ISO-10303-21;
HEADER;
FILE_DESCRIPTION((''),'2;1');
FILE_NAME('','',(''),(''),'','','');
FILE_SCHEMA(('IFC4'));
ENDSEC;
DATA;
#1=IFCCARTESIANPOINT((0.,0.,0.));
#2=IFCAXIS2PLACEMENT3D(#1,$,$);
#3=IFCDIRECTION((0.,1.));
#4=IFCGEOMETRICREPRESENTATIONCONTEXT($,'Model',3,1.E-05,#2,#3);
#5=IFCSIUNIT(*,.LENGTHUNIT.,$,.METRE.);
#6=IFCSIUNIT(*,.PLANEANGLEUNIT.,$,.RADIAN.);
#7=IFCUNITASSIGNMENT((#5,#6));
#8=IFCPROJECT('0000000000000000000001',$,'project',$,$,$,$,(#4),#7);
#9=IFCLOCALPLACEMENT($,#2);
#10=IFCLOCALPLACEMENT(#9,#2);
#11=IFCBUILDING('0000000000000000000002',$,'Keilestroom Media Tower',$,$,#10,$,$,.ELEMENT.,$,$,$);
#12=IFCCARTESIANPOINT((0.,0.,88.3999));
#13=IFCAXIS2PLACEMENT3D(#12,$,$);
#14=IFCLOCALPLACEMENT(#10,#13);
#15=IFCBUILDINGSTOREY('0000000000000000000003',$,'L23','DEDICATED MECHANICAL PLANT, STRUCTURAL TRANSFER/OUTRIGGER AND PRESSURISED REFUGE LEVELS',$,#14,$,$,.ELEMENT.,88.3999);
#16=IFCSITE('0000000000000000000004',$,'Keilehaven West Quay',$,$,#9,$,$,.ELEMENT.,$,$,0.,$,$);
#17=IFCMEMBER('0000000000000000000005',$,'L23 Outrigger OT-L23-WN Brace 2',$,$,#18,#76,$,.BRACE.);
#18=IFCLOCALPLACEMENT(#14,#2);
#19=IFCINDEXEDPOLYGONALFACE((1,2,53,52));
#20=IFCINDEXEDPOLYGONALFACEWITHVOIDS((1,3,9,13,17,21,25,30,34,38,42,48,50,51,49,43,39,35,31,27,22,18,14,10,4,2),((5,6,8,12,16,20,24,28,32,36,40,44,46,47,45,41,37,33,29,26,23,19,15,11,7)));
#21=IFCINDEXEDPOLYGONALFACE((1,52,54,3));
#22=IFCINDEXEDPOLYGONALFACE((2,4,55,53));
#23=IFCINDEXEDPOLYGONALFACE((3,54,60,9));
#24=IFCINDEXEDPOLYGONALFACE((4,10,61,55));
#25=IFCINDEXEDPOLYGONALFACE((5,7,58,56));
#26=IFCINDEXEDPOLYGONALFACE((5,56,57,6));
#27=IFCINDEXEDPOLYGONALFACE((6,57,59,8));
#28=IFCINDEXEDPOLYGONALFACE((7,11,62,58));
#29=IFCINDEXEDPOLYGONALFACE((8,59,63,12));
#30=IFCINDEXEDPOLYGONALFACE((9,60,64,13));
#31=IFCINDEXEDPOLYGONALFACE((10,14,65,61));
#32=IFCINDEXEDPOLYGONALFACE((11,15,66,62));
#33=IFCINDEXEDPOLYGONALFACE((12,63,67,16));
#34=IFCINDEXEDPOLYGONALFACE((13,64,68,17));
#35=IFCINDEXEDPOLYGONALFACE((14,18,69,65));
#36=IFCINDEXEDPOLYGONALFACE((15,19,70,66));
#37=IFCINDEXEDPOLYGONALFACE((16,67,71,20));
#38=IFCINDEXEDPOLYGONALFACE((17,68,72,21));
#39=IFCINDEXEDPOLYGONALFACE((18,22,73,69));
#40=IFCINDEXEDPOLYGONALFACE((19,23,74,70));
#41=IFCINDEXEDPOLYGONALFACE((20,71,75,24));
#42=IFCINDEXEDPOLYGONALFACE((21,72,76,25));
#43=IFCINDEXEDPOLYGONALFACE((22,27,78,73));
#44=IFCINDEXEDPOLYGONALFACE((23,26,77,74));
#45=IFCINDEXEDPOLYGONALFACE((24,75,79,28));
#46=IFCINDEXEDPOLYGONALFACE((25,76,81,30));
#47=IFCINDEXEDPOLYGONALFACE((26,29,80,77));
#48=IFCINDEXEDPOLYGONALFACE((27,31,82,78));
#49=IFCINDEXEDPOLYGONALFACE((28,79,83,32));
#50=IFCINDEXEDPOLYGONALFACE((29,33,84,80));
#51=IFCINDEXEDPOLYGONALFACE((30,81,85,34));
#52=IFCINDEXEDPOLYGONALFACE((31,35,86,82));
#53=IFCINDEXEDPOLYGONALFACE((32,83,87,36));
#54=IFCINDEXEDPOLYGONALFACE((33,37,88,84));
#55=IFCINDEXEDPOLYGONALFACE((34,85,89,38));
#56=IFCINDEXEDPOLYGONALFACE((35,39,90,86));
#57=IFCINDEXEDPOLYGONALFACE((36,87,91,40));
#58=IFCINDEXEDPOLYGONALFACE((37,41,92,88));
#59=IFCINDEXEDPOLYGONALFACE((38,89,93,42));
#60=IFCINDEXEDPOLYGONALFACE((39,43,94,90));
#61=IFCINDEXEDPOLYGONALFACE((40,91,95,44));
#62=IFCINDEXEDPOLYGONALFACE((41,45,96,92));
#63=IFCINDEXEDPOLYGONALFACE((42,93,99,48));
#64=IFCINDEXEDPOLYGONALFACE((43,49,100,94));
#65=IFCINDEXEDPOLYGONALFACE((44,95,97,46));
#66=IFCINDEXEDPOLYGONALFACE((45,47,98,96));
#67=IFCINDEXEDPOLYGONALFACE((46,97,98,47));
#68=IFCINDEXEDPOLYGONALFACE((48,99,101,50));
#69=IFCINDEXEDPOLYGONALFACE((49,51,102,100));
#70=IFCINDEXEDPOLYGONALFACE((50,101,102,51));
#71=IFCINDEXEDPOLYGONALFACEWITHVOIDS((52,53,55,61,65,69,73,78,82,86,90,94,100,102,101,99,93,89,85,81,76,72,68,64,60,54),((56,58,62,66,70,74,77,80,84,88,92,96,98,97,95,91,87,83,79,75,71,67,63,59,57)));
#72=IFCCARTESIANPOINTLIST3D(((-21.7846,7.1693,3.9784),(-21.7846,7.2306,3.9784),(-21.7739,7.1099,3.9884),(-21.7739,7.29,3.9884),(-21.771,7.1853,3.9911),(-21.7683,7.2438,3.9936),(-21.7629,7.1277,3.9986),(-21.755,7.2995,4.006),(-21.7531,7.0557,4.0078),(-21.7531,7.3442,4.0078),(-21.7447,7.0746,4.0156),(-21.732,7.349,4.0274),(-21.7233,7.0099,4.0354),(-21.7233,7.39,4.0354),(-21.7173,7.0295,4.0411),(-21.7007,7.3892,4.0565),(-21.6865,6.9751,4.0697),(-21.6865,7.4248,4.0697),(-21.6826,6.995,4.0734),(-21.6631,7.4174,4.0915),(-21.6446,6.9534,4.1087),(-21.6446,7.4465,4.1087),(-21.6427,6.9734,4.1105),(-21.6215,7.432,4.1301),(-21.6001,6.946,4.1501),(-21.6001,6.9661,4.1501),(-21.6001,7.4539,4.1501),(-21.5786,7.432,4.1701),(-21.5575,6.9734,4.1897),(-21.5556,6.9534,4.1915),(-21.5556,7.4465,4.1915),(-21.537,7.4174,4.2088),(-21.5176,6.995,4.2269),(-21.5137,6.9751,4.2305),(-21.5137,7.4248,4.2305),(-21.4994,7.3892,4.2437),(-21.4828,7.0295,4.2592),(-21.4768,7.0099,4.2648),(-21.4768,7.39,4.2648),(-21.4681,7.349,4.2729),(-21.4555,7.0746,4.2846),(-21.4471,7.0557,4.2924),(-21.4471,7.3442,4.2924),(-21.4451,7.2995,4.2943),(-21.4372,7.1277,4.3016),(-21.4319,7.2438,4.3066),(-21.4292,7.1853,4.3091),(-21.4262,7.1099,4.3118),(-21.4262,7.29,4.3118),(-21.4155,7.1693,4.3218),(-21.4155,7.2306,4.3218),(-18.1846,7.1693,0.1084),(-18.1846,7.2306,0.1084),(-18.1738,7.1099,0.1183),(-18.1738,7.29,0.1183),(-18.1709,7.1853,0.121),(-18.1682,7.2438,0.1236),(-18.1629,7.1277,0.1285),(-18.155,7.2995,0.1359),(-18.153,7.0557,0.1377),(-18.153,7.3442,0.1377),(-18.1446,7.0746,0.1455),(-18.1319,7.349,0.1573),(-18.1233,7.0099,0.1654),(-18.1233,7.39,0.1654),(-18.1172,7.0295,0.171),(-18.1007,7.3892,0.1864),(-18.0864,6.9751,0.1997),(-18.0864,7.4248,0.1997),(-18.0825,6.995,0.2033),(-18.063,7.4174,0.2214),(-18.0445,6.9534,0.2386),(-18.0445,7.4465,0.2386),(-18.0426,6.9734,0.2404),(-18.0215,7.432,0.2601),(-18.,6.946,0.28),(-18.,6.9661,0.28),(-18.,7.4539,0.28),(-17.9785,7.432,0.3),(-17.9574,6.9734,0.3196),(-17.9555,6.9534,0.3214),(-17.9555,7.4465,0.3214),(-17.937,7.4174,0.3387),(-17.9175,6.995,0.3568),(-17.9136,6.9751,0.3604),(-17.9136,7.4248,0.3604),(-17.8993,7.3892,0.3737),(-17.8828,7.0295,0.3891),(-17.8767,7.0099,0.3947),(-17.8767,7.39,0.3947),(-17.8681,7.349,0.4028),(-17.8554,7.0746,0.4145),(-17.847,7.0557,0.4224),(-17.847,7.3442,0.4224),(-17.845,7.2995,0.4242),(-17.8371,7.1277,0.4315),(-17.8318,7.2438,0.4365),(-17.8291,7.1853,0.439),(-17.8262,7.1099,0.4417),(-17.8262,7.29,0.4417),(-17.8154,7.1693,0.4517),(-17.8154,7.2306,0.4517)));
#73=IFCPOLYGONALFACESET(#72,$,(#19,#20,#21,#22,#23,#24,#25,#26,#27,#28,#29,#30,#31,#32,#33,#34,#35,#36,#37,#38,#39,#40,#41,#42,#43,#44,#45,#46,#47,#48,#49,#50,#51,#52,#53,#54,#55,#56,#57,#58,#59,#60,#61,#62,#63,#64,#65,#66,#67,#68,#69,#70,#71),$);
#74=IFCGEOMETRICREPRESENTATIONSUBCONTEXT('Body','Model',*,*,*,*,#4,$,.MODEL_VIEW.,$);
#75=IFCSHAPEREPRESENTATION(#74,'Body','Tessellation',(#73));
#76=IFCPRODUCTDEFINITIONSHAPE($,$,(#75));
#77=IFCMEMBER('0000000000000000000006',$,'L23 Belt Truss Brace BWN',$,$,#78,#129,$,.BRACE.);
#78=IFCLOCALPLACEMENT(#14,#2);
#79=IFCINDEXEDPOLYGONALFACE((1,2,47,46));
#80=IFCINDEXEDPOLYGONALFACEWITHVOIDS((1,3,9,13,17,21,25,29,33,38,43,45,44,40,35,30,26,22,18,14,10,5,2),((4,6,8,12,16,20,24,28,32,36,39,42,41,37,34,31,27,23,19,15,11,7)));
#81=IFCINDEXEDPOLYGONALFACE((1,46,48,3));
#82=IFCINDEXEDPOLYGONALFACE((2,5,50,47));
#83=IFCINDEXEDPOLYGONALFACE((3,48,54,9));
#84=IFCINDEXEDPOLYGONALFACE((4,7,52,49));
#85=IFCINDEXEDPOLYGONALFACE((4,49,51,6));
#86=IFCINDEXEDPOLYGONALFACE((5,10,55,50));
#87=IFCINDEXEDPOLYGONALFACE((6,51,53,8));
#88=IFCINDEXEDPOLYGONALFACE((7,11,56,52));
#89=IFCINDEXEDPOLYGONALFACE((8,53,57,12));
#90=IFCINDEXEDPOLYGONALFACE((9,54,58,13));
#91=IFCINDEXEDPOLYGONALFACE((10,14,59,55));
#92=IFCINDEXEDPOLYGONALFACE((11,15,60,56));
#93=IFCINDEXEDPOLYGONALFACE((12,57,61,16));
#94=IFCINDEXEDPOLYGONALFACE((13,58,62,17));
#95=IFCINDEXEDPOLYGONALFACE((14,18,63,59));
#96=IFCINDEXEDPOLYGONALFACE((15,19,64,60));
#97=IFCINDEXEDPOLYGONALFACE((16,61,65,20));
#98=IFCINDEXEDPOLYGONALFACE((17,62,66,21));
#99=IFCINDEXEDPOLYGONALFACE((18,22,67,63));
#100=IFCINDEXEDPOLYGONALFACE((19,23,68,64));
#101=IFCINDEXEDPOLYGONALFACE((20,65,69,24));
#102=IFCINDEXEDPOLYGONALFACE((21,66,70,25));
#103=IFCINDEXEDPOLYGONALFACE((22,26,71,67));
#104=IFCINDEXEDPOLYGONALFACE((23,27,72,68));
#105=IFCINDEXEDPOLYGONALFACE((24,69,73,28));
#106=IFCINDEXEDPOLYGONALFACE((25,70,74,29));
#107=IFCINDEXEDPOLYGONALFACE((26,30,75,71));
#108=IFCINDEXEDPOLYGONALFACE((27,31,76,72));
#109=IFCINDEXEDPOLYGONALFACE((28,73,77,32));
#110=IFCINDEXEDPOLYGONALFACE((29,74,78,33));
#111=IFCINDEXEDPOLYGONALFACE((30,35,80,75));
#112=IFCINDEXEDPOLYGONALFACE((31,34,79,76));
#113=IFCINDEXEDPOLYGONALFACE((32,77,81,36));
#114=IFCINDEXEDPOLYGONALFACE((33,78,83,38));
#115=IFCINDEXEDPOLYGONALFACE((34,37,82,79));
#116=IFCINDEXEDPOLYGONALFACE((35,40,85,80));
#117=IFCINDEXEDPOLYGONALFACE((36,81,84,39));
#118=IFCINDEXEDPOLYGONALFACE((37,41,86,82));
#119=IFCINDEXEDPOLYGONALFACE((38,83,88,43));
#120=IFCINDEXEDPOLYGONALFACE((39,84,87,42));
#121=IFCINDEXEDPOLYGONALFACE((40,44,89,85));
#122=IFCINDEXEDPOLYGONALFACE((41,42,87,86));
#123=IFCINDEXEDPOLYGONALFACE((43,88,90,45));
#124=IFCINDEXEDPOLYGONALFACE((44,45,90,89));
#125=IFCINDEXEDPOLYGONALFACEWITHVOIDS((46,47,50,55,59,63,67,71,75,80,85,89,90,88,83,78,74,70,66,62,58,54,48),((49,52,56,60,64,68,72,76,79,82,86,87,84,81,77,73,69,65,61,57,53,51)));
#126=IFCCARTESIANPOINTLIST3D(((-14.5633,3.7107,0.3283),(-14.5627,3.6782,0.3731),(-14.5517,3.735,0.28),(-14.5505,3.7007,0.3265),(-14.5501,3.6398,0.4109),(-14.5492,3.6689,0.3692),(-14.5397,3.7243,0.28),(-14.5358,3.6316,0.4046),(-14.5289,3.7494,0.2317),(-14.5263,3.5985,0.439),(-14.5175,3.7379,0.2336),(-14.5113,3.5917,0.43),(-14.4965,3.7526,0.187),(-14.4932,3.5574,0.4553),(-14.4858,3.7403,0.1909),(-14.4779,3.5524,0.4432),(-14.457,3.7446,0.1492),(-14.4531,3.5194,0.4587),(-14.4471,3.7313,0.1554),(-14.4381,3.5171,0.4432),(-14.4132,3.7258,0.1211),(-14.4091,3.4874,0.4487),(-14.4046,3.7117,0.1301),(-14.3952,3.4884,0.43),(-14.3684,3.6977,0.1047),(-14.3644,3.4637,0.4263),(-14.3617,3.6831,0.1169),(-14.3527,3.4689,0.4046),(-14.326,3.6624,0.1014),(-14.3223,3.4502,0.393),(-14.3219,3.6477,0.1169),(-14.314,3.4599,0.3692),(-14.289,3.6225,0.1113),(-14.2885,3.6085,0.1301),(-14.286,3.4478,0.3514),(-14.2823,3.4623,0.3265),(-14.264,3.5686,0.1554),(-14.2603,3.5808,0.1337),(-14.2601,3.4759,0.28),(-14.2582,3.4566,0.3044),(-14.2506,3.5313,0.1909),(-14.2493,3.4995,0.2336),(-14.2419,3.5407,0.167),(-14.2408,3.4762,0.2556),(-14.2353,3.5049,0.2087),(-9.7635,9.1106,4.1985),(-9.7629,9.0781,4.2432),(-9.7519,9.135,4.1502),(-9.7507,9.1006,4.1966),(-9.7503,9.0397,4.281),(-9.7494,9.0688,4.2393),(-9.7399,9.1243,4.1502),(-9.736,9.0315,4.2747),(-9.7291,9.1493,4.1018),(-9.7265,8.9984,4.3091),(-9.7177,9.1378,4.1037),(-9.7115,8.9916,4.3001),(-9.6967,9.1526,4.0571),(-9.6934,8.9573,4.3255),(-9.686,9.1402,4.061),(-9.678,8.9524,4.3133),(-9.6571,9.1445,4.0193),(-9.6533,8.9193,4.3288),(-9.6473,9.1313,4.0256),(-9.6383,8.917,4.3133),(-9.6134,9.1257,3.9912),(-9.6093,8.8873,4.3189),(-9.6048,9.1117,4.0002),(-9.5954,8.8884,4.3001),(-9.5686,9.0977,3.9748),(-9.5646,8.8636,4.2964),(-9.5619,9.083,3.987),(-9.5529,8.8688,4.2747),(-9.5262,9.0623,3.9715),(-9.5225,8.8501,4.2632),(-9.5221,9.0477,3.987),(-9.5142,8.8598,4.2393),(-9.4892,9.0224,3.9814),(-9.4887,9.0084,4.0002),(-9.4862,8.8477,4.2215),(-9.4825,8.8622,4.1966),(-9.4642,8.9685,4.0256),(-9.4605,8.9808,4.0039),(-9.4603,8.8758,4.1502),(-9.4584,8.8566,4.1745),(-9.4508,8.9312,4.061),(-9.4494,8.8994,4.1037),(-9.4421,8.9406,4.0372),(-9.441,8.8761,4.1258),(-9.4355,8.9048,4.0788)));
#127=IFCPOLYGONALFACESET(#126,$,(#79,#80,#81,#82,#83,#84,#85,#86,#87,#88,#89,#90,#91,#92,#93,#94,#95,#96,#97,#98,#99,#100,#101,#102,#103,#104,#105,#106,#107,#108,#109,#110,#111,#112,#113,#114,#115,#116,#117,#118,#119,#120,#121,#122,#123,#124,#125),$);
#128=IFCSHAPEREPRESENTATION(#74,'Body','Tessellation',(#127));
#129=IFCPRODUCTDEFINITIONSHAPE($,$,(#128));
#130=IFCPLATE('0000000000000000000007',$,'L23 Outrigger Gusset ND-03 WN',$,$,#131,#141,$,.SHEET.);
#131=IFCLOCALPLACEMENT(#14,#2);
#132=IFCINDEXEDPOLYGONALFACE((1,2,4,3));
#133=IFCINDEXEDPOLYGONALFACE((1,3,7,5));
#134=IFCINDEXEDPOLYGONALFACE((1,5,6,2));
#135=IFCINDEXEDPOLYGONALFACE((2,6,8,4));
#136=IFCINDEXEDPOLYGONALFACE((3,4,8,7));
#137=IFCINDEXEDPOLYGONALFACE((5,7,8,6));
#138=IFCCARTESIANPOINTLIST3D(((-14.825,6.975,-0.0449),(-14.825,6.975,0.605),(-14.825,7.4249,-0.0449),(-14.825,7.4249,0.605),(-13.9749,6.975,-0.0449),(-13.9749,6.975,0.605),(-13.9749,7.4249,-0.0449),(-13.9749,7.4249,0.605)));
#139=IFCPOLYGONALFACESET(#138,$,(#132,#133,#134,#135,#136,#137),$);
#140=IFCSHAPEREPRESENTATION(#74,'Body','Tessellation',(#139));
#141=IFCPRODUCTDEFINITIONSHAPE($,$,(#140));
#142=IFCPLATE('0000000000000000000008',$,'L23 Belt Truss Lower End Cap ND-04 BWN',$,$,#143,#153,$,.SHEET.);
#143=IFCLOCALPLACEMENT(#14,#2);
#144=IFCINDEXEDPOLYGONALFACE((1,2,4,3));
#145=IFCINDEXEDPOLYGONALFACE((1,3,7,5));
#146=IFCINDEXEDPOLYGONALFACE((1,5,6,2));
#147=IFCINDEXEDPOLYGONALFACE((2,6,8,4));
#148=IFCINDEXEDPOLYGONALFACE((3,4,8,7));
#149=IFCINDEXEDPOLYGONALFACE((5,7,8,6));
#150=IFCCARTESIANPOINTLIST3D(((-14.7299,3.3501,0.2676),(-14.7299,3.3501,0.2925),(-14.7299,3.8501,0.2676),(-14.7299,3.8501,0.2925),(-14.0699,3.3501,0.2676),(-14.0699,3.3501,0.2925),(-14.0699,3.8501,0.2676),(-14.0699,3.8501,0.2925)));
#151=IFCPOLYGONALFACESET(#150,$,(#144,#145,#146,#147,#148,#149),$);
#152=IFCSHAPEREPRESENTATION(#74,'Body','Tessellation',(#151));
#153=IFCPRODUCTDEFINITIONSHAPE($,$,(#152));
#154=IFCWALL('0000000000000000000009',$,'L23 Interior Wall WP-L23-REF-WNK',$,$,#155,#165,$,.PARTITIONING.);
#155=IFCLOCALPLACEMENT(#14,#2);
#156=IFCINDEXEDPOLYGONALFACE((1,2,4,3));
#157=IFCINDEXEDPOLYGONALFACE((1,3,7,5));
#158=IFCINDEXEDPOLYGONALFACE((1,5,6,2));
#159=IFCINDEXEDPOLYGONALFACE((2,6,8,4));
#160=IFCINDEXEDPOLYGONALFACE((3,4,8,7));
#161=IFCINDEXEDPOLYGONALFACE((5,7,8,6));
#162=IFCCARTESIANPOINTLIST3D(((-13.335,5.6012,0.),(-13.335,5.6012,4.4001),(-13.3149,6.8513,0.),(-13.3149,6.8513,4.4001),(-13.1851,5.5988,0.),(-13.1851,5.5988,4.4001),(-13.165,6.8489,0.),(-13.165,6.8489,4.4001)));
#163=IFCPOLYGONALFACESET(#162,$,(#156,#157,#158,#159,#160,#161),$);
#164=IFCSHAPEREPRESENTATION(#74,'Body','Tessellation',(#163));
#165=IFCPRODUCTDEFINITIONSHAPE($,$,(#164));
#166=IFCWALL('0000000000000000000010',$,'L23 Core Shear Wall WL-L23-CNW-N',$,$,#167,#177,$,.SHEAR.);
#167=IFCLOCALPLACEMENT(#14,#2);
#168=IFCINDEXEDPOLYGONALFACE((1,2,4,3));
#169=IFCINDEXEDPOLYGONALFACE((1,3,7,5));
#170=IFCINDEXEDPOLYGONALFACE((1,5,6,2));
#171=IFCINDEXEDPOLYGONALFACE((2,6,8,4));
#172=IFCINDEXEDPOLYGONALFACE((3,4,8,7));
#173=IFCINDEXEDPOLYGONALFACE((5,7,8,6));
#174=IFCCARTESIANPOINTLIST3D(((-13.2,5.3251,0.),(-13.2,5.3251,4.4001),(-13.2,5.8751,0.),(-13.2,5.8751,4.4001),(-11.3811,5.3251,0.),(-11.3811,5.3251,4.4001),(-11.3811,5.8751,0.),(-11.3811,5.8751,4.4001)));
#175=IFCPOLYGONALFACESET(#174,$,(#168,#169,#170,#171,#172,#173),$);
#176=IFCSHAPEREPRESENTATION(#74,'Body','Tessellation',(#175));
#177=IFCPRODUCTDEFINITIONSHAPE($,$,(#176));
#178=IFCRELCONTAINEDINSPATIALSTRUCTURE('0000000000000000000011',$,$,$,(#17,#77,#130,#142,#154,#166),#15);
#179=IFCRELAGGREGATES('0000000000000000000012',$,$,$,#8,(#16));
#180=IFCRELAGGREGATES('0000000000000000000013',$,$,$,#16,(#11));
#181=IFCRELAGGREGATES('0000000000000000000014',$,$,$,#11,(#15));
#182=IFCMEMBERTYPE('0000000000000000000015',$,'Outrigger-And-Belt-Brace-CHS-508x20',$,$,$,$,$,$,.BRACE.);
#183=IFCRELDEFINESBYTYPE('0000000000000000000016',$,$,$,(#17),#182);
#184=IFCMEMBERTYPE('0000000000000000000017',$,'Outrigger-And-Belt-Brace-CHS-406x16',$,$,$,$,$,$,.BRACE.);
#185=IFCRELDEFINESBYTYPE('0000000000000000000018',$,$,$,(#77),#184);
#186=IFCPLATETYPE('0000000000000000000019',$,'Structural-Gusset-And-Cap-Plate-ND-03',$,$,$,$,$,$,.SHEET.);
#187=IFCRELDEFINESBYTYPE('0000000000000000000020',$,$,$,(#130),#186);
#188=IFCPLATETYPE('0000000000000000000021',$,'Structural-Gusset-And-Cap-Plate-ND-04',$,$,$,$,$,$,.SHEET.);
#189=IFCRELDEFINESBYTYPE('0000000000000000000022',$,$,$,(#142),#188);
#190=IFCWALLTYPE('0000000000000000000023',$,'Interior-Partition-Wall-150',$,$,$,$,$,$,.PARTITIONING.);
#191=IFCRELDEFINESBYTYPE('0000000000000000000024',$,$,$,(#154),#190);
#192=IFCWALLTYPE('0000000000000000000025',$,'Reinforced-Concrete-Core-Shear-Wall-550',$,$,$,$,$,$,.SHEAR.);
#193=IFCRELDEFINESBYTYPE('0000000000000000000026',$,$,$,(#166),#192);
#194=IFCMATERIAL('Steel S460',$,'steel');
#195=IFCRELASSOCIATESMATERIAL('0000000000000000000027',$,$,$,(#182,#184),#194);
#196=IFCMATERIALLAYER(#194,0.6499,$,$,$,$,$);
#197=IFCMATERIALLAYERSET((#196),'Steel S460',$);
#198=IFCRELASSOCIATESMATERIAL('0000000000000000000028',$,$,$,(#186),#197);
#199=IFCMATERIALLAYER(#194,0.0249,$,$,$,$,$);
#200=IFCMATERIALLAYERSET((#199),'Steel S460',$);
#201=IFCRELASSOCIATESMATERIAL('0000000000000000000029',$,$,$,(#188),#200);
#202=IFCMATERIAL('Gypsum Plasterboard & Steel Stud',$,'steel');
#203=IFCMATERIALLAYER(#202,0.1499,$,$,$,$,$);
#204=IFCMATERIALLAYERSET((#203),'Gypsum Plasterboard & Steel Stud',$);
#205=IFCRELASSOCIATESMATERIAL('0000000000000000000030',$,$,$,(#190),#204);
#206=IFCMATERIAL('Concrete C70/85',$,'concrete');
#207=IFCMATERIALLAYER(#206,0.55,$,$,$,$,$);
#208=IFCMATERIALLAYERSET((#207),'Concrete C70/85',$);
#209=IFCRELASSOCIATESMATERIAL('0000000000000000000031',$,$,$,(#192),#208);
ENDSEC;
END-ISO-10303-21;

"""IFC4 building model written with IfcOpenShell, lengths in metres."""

from ifc_helpers import new_model, si_unit, direction, frame, frame_2d, origin, origin_2d, place, context, subcontext, project, spatial, rectangle, hollow_circle, extrude, source, transform, mapped, material, layer, layer_set, material_profile, profile_set, type_object, element, save


model = new_model("IFC4")

# Units and contexts
model_context = context("Model", 3, precision=1e-05, world=origin(), true_north=direction((0.0, 1.0)))
body_context = subcontext(model_context, "Body", "Model", "MODEL_VIEW")
ifc_project = project(units=[si_unit("LENGTHUNIT", "METRE"), si_unit("PLANEANGLEUNIT", "RADIAN")], contexts=[model_context])

# Site, building, storey
site_placement = place(None, origin())
site = spatial("IfcSite", under=ifc_project, at=site_placement, Name="Keilehaven West Quay", CompositionType="ELEMENT", RefElevation=0.0)
building_placement = place(site_placement, origin())
building = spatial("IfcBuilding", under=site, at=building_placement, Name="Keilestroom Media Tower", CompositionType="ELEMENT")
storey_placement = place(building_placement, frame((0.0, 0.0, 88.3999)))
storey = spatial("IfcBuildingStorey", under=building, at=storey_placement, Name="L23", Description="DEDICATED MECHANICAL PLANT, STRUCTURAL TRANSFER/OUTRIGGER AND PRESSURISED REFUGE LEVELS", CompositionType="ELEMENT", Elevation=88.3999)

# Shared definitions
ifc_material_1 = material(Name="Steel S460", Category="steel")

# Members
ifc_material_profile_1 = material_profile(ifc_material_1, hollow_circle(Radius=0.2539, WallThickness=0.02, at=origin_2d()), Name="CHS 508x20")
ifc_profile_set_1 = profile_set([ifc_material_profile_1], Name="Steel S460")
member_type_1 = type_object("IfcMemberType", Name="Outrigger-And-Belt-Brace-CHS-508x20", PredefinedType="BRACE", material=ifc_profile_set_1)
shared_shape_1 = source(origin(), body_context, "Body", "SweptSolid", [
    extrude(hollow_circle(Radius=0.2539, WallThickness=0.02, at=origin_2d()), origin(), (0.0, 0.0, 1.0), 5.2856),
])
for number, where, z_axis, x_axis, name in (
    (1, (-18.0, 7.2, 0.28), (-0.681103, 0.0, 0.732188), (0.0, -1.0, 0.0), "L23 Outrigger OT-L23-WN Brace 2"),
):
    element("IfcMember", number, at=place(storey_placement, frame(where, z_axis=z_axis, x_axis=x_axis)), inside=storey, type_object=member_type_1, Name=name, PredefinedType="BRACE", context=body_context, shape_type="MappedRepresentation", body=[
        mapped(shared_shape_1, transform((0.0, 0.0, 0.0), x_axis=(1.0, 0.0, 0.0), y_axis=(0.0, 1.0, 0.0), z_axis=(0.0, 0.0, 1.0), scale=1.0)),
    ])
ifc_material_profile_2 = material_profile(ifc_material_1, hollow_circle(Radius=0.2031, WallThickness=0.0161, at=origin_2d()), Name="CHS 406.4x16")
ifc_profile_set_2 = profile_set([ifc_material_profile_2], Name="Steel S460")
member_type_2 = type_object("IfcMemberType", Name="Outrigger-And-Belt-Brace-CHS-406x16", PredefinedType="BRACE", material=ifc_profile_set_2)
shared_shape_2 = source(origin(), body_context, "Body", "SweptSolid", [
    extrude(hollow_circle(Radius=0.2031, WallThickness=0.0161, at=origin_2d()), origin(), (0.0, 0.0, 1.0), 8.196),
])
member_placement = place(storey_placement, frame((-14.3999, 3.6001, 0.28), z_axis=(0.585626, 0.658844, 0.472194), x_axis=(-0.747417, 0.664355, 0.0)))
element("IfcMember", 2, at=member_placement, inside=storey, type_object=member_type_2, Name="L23 Belt Truss Brace BWN", PredefinedType="BRACE", context=body_context, shape_type="MappedRepresentation", body=[
    mapped(shared_shape_2, transform((0.0, 0.0, 0.0), x_axis=(1.0, 0.0, 0.0), y_axis=(0.0, 1.0, 0.0), z_axis=(0.0, 0.0, 1.0), scale=1.0)),
])

# Plates
ifc_layer_1 = layer(ifc_material_1, 0.6499)
ifc_layer_set_1 = layer_set([ifc_layer_1], Name="Steel S460")
plate_type_1 = type_object("IfcPlateType", Name="Structural-Gusset-And-Cap-Plate-ND-03", PredefinedType="SHEET", material=ifc_layer_set_1)
shared_shape_3 = source(origin(), body_context, "Body", "SweptSolid", [
    extrude(rectangle(XDim=0.8501, YDim=0.45, at=origin_2d()), origin(), (0.0, 0.0, 1.0), 0.6499),
])
plate_1_placement = place(storey_placement, frame((-14.3999, 7.2, -0.0449), z_axis=(0.0, 0.0, 1.0), x_axis=(1.0, 0.0, 0.0)))
element("IfcPlate", 3, at=plate_1_placement, inside=storey, type_object=plate_type_1, Name="L23 Outrigger Gusset ND-03 WN", PredefinedType="SHEET", context=body_context, shape_type="MappedRepresentation", body=[
    mapped(shared_shape_3, transform((0.0, 0.0, 0.0), x_axis=(1.0, 0.0, 0.0), y_axis=(0.0, 1.0, 0.0), z_axis=(0.0, 0.0, 1.0), scale=1.0)),
])
ifc_layer_2 = layer(ifc_material_1, 0.0249)
ifc_layer_set_2 = layer_set([ifc_layer_2], Name="Steel S460")
plate_type_2 = type_object("IfcPlateType", Name="Structural-Gusset-And-Cap-Plate-ND-04", PredefinedType="SHEET", material=ifc_layer_set_2)
shared_shape_4 = source(origin(), body_context, "Body", "SweptSolid", [
    extrude(rectangle(XDim=0.6599, YDim=0.5, at=origin_2d()), origin(), (0.0, 0.0, 1.0), 0.0249),
])
plate_2_placement = place(storey_placement, frame((-14.3999, 3.6001, 0.2676), z_axis=(0.0, 0.0, 1.0), x_axis=(1.0, 0.0, 0.0)))
element("IfcPlate", 4, at=plate_2_placement, inside=storey, type_object=plate_type_2, Name="L23 Belt Truss Lower End Cap ND-04 BWN", PredefinedType="SHEET", context=body_context, shape_type="MappedRepresentation", body=[
    mapped(shared_shape_4, transform((0.0, 0.0, 0.0), x_axis=(1.0, 0.0, 0.0), y_axis=(0.0, 1.0, 0.0), z_axis=(0.0, 0.0, 1.0), scale=1.0)),
])

# Walls
ifc_material_2 = material(Name="Gypsum Plasterboard & Steel Stud", Category="steel")
ifc_layer_3 = layer(ifc_material_2, 0.1499)
ifc_layer_set_3 = layer_set([ifc_layer_3], Name="Gypsum Plasterboard & Steel Stud")
wall_type_1 = type_object("IfcWallType", Name="Interior-Partition-Wall-150", PredefinedType="PARTITIONING", material=ifc_layer_set_3)
wall_1_placement = place(storey_placement, frame((-13.26, 5.6001, 0.0), z_axis=(0.0, 0.0, 1.0), x_axis=(0.016014, 0.999872, 0.0)))
element("IfcWall", 5, at=wall_1_placement, inside=storey, type_object=wall_type_1, Name="L23 Interior Wall WP-L23-REF-WNK", PredefinedType="PARTITIONING", context=body_context, shape_type="SweptSolid", body=[
    extrude(rectangle(XDim=1.2502, YDim=0.1499, at=frame_2d((0.625, 0.0))), origin(), (0.0, 0.0, 1.0), 4.4001),
])
ifc_material_3 = material(Name="Concrete C70/85", Category="concrete")
ifc_layer_4 = layer(ifc_material_3, 0.55)
ifc_layer_set_4 = layer_set([ifc_layer_4], Name="Concrete C70/85")
wall_type_2 = type_object("IfcWallType", Name="Reinforced-Concrete-Core-Shear-Wall-550", PredefinedType="SHEAR", material=ifc_layer_set_4)
wall_2_placement = place(storey_placement, frame((-13.2, 5.6001, 0.0), z_axis=(0.0, 0.0, 1.0), x_axis=(1.0, 0.0, 0.0)))
element("IfcWall", 6, at=wall_2_placement, inside=storey, type_object=wall_type_2, Name="L23 Core Shear Wall WL-L23-CNW-N", PredefinedType="SHEAR", context=body_context, shape_type="SweptSolid", body=[
    extrude(rectangle(XDim=1.8188, YDim=0.55, at=frame_2d((0.9094, 0.0))), origin(), (0.0, 0.0, 1.0), 4.4001),
])

save(model, "model.ifc")
